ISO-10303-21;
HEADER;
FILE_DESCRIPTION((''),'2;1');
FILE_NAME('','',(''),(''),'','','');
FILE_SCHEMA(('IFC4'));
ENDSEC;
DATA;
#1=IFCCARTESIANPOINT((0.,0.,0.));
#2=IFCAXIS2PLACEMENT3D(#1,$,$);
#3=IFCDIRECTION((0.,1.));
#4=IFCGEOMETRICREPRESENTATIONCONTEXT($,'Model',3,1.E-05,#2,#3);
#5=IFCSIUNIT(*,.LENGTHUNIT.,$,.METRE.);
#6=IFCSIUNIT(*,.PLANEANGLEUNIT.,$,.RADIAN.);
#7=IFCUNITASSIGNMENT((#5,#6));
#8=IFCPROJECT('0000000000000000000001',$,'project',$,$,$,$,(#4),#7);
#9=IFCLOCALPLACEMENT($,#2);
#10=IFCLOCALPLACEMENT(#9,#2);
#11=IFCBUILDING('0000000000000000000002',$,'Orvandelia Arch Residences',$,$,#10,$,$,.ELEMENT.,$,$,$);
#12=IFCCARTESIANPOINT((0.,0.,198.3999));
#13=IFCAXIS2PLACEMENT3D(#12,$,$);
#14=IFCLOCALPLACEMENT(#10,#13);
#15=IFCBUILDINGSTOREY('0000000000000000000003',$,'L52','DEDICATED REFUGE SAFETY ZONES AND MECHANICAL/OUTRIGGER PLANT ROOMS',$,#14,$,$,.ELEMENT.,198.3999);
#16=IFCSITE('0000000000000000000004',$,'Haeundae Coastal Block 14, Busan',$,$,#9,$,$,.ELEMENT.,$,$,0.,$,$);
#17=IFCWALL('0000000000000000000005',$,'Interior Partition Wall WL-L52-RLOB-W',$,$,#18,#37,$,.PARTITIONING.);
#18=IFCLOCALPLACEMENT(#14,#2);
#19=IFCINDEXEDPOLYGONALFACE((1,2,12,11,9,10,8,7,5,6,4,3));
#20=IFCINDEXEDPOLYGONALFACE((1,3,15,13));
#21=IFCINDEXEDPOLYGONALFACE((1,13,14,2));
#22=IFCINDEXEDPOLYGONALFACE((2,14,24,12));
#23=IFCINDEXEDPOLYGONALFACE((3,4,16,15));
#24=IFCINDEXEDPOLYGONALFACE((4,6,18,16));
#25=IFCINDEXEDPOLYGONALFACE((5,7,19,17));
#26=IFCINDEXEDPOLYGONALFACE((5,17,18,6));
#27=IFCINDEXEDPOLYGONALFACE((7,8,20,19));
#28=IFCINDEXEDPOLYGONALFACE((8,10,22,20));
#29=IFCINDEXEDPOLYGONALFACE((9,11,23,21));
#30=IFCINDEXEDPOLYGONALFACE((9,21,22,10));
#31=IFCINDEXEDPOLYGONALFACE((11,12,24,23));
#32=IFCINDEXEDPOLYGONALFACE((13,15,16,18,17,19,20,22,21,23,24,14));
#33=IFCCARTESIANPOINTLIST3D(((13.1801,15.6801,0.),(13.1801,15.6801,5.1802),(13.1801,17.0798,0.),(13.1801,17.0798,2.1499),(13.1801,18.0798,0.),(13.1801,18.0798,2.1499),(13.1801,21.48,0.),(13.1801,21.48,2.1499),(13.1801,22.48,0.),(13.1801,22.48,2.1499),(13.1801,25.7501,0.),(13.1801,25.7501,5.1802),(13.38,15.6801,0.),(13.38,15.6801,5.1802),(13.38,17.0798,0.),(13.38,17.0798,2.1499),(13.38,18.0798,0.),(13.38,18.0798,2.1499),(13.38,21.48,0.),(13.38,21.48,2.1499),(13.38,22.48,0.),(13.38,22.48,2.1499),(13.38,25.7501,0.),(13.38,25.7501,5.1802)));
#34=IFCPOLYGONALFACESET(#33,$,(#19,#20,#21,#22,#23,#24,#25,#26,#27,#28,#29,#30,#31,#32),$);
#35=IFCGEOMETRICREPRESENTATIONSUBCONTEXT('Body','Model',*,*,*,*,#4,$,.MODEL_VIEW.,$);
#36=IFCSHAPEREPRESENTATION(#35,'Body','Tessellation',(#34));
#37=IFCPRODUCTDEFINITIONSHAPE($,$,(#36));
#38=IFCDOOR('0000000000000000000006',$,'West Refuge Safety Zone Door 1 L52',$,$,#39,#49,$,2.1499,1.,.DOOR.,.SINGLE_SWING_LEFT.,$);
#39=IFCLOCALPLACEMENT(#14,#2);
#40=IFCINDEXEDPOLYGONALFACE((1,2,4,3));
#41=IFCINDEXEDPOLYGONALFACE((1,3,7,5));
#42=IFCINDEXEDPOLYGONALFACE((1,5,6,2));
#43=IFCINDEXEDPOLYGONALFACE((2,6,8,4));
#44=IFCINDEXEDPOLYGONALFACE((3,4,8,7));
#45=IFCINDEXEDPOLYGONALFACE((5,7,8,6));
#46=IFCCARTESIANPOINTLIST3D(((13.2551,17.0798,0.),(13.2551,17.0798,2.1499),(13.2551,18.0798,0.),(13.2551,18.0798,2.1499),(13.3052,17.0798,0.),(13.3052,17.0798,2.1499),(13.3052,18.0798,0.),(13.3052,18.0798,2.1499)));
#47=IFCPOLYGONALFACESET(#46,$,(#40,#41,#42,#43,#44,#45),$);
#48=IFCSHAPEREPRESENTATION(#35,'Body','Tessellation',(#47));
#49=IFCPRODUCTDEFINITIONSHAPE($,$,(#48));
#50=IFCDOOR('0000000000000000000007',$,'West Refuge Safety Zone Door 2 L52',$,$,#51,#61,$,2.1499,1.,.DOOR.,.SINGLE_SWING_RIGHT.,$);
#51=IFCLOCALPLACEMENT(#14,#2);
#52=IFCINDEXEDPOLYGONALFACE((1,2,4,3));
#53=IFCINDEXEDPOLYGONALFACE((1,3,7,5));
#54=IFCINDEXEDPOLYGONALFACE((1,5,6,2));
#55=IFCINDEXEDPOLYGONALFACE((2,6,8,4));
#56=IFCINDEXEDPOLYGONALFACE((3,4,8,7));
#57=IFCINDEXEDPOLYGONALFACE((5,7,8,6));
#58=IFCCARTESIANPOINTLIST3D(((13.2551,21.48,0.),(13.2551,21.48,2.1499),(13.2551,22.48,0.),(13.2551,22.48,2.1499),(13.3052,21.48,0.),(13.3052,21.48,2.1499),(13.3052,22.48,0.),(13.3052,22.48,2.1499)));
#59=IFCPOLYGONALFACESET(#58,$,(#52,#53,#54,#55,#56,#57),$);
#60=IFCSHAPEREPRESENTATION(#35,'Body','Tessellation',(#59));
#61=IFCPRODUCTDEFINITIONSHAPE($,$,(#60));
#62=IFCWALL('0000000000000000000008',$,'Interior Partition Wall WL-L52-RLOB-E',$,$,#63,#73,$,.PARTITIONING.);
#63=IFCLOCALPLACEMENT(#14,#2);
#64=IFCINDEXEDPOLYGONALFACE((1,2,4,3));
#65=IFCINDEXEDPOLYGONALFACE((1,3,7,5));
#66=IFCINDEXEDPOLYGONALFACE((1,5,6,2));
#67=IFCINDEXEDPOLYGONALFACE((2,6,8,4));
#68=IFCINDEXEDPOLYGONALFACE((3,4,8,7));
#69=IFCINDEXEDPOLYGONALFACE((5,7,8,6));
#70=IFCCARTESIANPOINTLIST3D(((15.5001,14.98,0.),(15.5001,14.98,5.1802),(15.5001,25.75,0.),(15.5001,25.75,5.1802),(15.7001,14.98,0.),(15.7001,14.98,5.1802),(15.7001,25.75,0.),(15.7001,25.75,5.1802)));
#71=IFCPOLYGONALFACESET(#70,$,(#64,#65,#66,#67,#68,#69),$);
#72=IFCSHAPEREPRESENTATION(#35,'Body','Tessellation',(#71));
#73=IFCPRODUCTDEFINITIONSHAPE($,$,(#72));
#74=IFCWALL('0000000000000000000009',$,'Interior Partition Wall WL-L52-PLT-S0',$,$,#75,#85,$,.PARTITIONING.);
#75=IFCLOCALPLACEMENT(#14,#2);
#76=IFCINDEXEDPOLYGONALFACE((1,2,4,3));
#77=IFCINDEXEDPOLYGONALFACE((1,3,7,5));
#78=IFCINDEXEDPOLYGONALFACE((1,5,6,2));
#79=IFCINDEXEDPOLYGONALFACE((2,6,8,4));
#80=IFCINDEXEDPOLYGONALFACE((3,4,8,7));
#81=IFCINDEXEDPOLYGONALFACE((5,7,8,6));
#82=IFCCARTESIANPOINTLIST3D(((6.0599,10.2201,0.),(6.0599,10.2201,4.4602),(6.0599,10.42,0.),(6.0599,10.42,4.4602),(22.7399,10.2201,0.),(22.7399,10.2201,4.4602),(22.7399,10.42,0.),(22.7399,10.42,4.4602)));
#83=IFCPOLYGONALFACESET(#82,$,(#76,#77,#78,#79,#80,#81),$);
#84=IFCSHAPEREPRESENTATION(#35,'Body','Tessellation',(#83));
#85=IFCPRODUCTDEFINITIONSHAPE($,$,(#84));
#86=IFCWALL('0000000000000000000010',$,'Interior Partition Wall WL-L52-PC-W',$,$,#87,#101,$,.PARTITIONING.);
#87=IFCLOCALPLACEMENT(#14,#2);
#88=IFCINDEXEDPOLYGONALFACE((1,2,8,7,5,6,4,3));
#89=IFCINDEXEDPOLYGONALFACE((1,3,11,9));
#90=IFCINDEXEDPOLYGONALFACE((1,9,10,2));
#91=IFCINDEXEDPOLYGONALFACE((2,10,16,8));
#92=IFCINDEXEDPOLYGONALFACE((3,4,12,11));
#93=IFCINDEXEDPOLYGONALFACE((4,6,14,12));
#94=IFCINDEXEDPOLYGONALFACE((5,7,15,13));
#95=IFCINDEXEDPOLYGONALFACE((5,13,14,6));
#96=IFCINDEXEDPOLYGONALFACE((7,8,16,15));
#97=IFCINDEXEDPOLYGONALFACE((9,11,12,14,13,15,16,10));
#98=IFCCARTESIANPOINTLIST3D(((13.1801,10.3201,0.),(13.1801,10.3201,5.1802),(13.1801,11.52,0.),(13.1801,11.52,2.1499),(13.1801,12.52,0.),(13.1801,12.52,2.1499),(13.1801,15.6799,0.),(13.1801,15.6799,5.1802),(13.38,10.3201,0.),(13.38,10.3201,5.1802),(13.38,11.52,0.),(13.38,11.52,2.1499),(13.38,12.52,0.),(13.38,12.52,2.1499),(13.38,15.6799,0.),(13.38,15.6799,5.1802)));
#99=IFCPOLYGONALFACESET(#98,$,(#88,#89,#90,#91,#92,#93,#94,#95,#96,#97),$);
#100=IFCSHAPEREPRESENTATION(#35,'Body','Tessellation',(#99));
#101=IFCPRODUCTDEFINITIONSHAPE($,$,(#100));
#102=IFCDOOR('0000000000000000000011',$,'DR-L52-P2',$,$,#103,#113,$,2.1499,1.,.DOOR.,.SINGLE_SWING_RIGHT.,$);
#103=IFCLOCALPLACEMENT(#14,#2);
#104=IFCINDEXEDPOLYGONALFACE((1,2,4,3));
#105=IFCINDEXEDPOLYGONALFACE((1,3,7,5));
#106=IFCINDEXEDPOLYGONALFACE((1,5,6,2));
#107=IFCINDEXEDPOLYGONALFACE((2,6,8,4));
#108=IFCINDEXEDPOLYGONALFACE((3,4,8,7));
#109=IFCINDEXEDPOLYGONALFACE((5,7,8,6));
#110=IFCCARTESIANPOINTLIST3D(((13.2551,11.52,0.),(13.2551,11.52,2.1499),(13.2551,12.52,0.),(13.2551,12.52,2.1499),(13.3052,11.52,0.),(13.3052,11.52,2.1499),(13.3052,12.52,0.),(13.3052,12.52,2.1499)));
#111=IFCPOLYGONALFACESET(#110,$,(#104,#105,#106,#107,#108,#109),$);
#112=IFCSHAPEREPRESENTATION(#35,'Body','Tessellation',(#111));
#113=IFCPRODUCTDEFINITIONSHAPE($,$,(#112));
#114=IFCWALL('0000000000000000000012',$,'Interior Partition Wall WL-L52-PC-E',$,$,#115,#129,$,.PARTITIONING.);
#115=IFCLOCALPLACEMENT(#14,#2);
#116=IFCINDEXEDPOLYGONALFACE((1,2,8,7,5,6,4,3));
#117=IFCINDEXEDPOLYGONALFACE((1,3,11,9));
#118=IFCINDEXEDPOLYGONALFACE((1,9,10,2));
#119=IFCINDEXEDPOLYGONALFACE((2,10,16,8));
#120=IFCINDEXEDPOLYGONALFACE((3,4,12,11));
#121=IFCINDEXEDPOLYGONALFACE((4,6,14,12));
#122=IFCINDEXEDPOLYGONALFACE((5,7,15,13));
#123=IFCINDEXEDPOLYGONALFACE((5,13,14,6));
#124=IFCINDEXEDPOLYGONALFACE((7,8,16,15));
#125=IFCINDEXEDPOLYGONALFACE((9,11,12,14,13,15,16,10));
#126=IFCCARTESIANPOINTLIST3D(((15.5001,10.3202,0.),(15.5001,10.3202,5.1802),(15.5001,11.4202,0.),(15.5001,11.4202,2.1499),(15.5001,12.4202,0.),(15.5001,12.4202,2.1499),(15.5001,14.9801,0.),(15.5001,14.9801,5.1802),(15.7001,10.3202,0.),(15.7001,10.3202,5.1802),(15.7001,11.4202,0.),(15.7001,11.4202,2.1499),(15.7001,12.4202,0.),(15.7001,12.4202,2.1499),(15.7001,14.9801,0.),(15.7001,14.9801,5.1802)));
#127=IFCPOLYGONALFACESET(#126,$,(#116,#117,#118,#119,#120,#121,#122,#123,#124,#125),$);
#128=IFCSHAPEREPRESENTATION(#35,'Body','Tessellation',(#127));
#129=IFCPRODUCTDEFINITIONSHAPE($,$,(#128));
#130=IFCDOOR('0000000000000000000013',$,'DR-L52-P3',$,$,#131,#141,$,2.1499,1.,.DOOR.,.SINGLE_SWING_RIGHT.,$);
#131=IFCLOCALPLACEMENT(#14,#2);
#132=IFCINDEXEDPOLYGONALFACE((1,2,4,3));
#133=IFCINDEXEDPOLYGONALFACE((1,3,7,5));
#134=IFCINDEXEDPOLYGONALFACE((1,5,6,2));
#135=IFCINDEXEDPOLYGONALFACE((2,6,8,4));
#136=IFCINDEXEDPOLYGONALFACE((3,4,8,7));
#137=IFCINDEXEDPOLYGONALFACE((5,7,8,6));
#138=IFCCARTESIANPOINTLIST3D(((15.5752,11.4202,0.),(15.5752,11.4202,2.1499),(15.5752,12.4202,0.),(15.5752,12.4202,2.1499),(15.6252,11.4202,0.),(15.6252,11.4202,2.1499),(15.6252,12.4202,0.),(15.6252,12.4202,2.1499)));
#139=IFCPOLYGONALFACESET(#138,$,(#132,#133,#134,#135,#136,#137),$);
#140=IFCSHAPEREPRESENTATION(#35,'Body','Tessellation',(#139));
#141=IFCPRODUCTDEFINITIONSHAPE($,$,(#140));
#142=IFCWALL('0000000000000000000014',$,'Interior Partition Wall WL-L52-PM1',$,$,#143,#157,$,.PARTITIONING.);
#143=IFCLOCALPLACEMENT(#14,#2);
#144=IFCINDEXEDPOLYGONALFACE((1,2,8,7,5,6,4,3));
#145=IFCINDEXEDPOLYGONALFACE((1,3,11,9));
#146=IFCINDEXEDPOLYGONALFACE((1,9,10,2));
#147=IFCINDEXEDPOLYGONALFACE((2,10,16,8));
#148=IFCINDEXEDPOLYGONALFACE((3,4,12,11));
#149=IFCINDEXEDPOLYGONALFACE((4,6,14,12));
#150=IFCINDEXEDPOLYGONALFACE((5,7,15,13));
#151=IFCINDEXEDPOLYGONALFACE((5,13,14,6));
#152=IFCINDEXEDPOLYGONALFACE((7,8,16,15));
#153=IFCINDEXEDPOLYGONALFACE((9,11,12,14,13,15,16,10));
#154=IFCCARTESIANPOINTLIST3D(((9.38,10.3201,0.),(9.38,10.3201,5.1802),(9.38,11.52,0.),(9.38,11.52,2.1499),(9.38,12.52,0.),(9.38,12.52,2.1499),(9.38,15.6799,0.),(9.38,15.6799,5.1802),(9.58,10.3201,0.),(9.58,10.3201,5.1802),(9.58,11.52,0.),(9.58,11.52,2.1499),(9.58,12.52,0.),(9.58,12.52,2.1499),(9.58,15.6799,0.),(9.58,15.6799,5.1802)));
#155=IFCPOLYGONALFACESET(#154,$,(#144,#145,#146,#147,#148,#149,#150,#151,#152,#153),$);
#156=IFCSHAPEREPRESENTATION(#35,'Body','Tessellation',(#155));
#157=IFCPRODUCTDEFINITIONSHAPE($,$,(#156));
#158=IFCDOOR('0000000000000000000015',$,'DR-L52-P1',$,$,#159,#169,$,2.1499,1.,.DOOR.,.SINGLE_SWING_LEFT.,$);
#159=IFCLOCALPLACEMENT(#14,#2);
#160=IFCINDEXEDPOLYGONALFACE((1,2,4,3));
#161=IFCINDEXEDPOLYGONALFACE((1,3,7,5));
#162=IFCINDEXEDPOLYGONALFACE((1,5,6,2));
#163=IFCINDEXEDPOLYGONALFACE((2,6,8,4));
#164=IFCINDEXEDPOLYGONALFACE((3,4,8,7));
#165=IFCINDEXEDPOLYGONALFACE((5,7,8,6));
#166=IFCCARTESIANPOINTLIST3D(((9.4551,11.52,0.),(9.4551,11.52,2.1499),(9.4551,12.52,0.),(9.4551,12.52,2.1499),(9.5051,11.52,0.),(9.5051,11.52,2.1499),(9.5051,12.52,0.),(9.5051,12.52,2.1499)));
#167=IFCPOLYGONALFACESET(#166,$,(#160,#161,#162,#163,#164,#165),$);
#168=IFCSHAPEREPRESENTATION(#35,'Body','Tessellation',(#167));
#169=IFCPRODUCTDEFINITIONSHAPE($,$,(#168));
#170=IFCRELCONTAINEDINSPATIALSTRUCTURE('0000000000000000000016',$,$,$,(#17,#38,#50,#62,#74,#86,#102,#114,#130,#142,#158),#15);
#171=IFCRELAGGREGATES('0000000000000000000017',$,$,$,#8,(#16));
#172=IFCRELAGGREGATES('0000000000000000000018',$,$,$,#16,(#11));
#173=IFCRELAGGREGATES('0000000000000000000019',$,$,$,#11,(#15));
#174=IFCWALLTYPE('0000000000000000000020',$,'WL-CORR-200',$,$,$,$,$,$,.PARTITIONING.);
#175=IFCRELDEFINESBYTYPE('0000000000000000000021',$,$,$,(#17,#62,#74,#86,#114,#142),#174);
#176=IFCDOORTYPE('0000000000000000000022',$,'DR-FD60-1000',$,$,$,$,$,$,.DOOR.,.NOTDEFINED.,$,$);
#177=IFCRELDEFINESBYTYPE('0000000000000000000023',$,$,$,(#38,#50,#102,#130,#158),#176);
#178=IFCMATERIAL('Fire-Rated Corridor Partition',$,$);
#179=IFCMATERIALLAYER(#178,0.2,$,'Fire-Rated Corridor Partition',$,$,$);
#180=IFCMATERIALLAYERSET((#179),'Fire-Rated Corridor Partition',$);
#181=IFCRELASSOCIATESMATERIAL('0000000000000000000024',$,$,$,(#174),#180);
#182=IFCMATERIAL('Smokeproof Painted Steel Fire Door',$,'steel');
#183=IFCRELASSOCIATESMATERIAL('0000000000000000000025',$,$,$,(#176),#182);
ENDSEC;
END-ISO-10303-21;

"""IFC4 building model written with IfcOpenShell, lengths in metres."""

from ifc_helpers import new_model, si_unit, direction, frame, frame_2d, origin, place, context, subcontext, project, spatial, rectangle, extrude, material, layer, layer_set, type_object, element, fill, save


model = new_model("IFC4")

# Units and contexts
model_context = context("Model", 3, precision=1e-05, world=origin(), true_north=direction((0.0, 1.0)))
body_context = subcontext(model_context, "Body", "Model", "MODEL_VIEW")
ifc_project = project(units=[si_unit("LENGTHUNIT", "METRE"), si_unit("PLANEANGLEUNIT", "RADIAN")], contexts=[model_context])

# Site, building, storey
site_placement = place(None, origin())
site = spatial("IfcSite", under=ifc_project, at=site_placement, Name="Haeundae Coastal Block 14, Busan", CompositionType="ELEMENT", RefElevation=0.0)
building_placement = place(site_placement, origin())
building = spatial("IfcBuilding", under=site, at=building_placement, Name="Orvandelia Arch Residences", CompositionType="ELEMENT")
storey_placement = place(building_placement, frame((0.0, 0.0, 198.3999)))
storey = spatial("IfcBuildingStorey", under=building, at=storey_placement, Name="L52", Description="DEDICATED REFUGE SAFETY ZONES AND MECHANICAL/OUTRIGGER PLANT ROOMS", CompositionType="ELEMENT", Elevation=198.3999)

# Shared definitions
ifc_material_1 = material(Name="Fire-Rated Corridor Partition")
ifc_layer_1 = layer(ifc_material_1, 0.2, Name="Fire-Rated Corridor Partition")
ifc_layer_set_1 = layer_set([ifc_layer_1], Name="Fire-Rated Corridor Partition")
wall_type_1 = type_object("IfcWallType", Name="WL-CORR-200", PredefinedType="PARTITIONING", material=ifc_layer_set_1)
ifc_material_2 = material(Name="Smokeproof Painted Steel Fire Door", Category="steel")
door_type = type_object("IfcDoorType", Name="DR-FD60-1000", OperationType="NOTDEFINED", PredefinedType="DOOR", material=ifc_material_2)

# Wall, openings, doors
wall_1_placement = place(storey_placement, frame((13.28, 15.6799, 0.0), z_axis=(0.0, 0.0, 1.0), x_axis=(0.0, 1.0, 0.0)))
wall_1 = element("IfcWall", 1, at=wall_1_placement, inside=storey, type_object=wall_type_1, Name="Interior Partition Wall WL-L52-RLOB-W", PredefinedType="PARTITIONING", context=body_context, shape_type="SweptSolid", body=[
    extrude(rectangle(XDim=10.0701, YDim=0.2, at=frame_2d((5.0352, 0.0))), origin(), (0.0, 0.0, 1.0), 5.1802),
])
opening_1_placement = place(wall_1_placement, frame((1.3999, 0.0, 0.0)))
opening_1 = element("IfcOpeningElement", 2, at=opening_1_placement, cuts=wall_1, PredefinedType="OPENING", context=body_context, shape_type="SweptSolid", body=[
    extrude(rectangle(XDim=1.0, YDim=2.1499, at=frame_2d((0.5, 1.075))), frame((0.0, 0.1099, 0.0), z_axis=(0.0, -1.0, 0.0), x_axis=(1.0, 0.0, 0.0)), (0.0, 0.0, 1.0), 0.22),
])
opening_2_placement = place(wall_1_placement, frame((5.8, 0.0, 0.0)))
opening_2 = element("IfcOpeningElement", 3, at=opening_2_placement, cuts=wall_1, PredefinedType="OPENING", context=body_context, shape_type="SweptSolid", body=[
    extrude(rectangle(XDim=1.0, YDim=2.1499, at=frame_2d((0.5, 1.075))), frame((0.0, 0.1099, 0.0), z_axis=(0.0, -1.0, 0.0), x_axis=(1.0, 0.0, 0.0)), (0.0, 0.0, 1.0), 0.22),
])
door_1_placement = place(opening_1_placement, origin())
door_1 = element("IfcDoor", 4, at=door_1_placement, inside=storey, type_object=door_type, Name="West Refuge Safety Zone Door 1 L52", OperationType="SINGLE_SWING_LEFT", OverallHeight=2.1499, OverallWidth=1.0, PredefinedType="DOOR", context=body_context, shape_type="SweptSolid", body=[
    extrude(rectangle(XDim=1.0, YDim=2.1499, at=frame_2d((0.5, 1.075))), frame((0.0, 0.0249, 0.0), z_axis=(0.0, -1.0, 0.0), x_axis=(1.0, 0.0, 0.0)), (0.0, 0.0, 1.0), 0.05),
])
fill(opening_1, door_1)
door_2_placement = place(opening_2_placement, origin())
door_2 = element("IfcDoor", 5, at=door_2_placement, inside=storey, type_object=door_type, Name="West Refuge Safety Zone Door 2 L52", OperationType="SINGLE_SWING_RIGHT", OverallHeight=2.1499, OverallWidth=1.0, PredefinedType="DOOR", context=body_context, shape_type="SweptSolid", body=[
    extrude(rectangle(XDim=1.0, YDim=2.1499, at=frame_2d((0.5, 1.075))), frame((0.0, 0.0249, 0.0), z_axis=(0.0, -1.0, 0.0), x_axis=(1.0, 0.0, 0.0)), (0.0, 0.0, 1.0), 0.05),
])
fill(opening_2, door_2)

# Walls
wall_2_placement = place(storey_placement, frame((15.6001, 14.98, 0.0), z_axis=(0.0, 0.0, 1.0), x_axis=(0.0, 1.0, 0.0)))
element("IfcWall", 6, at=wall_2_placement, inside=storey, type_object=wall_type_1, Name="Interior Partition Wall WL-L52-RLOB-E", PredefinedType="PARTITIONING", context=body_context, shape_type="SweptSolid", body=[
    extrude(rectangle(XDim=10.77, YDim=0.2, at=frame_2d((5.385, 0.0))), origin(), (0.0, 0.0, 1.0), 5.1802),
])
wall_3_placement = place(storey_placement, frame((6.0601, 10.3201, 0.0), z_axis=(0.0, 0.0, 1.0), x_axis=(1.0, 0.0, 0.0)))
element("IfcWall", 7, at=wall_3_placement, inside=storey, type_object=wall_type_1, Name="Interior Partition Wall WL-L52-PLT-S0", PredefinedType="PARTITIONING", context=body_context, shape_type="SweptSolid", body=[
    extrude(rectangle(XDim=16.6799, YDim=0.2, at=frame_2d((8.3398, 0.0))), origin(), (0.0, 0.0, 1.0), 4.4602),
])

# Walls, openings, doors
wall_4_placement = place(storey_placement, frame((13.28, 10.3201, 0.0), z_axis=(0.0, 0.0, 1.0), x_axis=(0.0, 1.0, 0.0)))
wall_4 = element("IfcWall", 8, at=wall_4_placement, inside=storey, type_object=wall_type_1, Name="Interior Partition Wall WL-L52-PC-W", PredefinedType="PARTITIONING", context=body_context, shape_type="SweptSolid", body=[
    extrude(rectangle(XDim=5.3599, YDim=0.2, at=frame_2d((2.6799, 0.0))), origin(), (0.0, 0.0, 1.0), 5.1802),
])
opening_3_placement = place(wall_4_placement, frame((1.2, 0.0, 0.0)))
opening_3 = element("IfcOpeningElement", 9, at=opening_3_placement, cuts=wall_4, PredefinedType="OPENING", context=body_context, shape_type="SweptSolid", body=[
    extrude(rectangle(XDim=1.0, YDim=2.1499, at=frame_2d((0.5, 1.075))), frame((0.0, 0.1099, 0.0), z_axis=(0.0, -1.0, 0.0), x_axis=(1.0, 0.0, 0.0)), (0.0, 0.0, 1.0), 0.22),
])
door_3_placement = place(opening_3_placement, origin())
door_3 = element("IfcDoor", 10, at=door_3_placement, inside=storey, type_object=door_type, Name="DR-L52-P2", OperationType="SINGLE_SWING_RIGHT", OverallHeight=2.1499, OverallWidth=1.0, PredefinedType="DOOR", context=body_context, shape_type="SweptSolid", body=[
    extrude(rectangle(XDim=1.0, YDim=2.1499, at=frame_2d((0.5, 1.075))), frame((0.0, 0.0249, 0.0), z_axis=(0.0, -1.0, 0.0), x_axis=(1.0, 0.0, 0.0)), (0.0, 0.0, 1.0), 0.05),
])
fill(opening_3, door_3)
wall_5_placement = place(storey_placement, frame((15.6001, 10.3201, 0.0), z_axis=(0.0, 0.0, 1.0), x_axis=(0.0, 1.0, 0.0)))
wall_5 = element("IfcWall", 11, at=wall_5_placement, inside=storey, type_object=wall_type_1, Name="Interior Partition Wall WL-L52-PC-E", PredefinedType="PARTITIONING", context=body_context, shape_type="SweptSolid", body=[
    extrude(rectangle(XDim=4.6599, YDim=0.2, at=frame_2d((2.3301, 0.0))), origin(), (0.0, 0.0, 1.0), 5.1802),
])
opening_4_placement = place(wall_5_placement, frame((1.1001, 0.0, 0.0)))
opening_4 = element("IfcOpeningElement", 12, at=opening_4_placement, cuts=wall_5, PredefinedType="OPENING", context=body_context, shape_type="SweptSolid", body=[
    extrude(rectangle(XDim=1.0, YDim=2.1499, at=frame_2d((0.5, 1.075))), frame((0.0, 0.1099, 0.0), z_axis=(0.0, -1.0, 0.0), x_axis=(1.0, 0.0, 0.0)), (0.0, 0.0, 1.0), 0.22),
])
door_4_placement = place(opening_4_placement, origin())
door_4 = element("IfcDoor", 13, at=door_4_placement, inside=storey, type_object=door_type, Name="DR-L52-P3", OperationType="SINGLE_SWING_RIGHT", OverallHeight=2.1499, OverallWidth=1.0, PredefinedType="DOOR", context=body_context, shape_type="SweptSolid", body=[
    extrude(rectangle(XDim=1.0, YDim=2.1499, at=frame_2d((0.5, 1.075))), frame((0.0, 0.0249, 0.0), z_axis=(0.0, -1.0, 0.0), x_axis=(1.0, 0.0, 0.0)), (0.0, 0.0, 1.0), 0.05),
])
fill(opening_4, door_4)
wall_6_placement = place(storey_placement, frame((9.48, 10.3201, 0.0), z_axis=(0.0, 0.0, 1.0), x_axis=(0.0, 1.0, 0.0)))
wall_6 = element("IfcWall", 14, at=wall_6_placement, inside=storey, type_object=wall_type_1, Name="Interior Partition Wall WL-L52-PM1", PredefinedType="PARTITIONING", context=body_context, shape_type="SweptSolid", body=[
    extrude(rectangle(XDim=5.3599, YDim=0.2, at=frame_2d((2.6799, 0.0))), origin(), (0.0, 0.0, 1.0), 5.1802),
])
opening_5_placement = place(wall_6_placement, frame((1.2, 0.0, 0.0)))
opening_5 = element("IfcOpeningElement", 15, at=opening_5_placement, cuts=wall_6, PredefinedType="OPENING", context=body_context, shape_type="SweptSolid", body=[
    extrude(rectangle(XDim=1.0, YDim=2.1499, at=frame_2d((0.5, 1.075))), frame((0.0, 0.1099, 0.0), z_axis=(0.0, -1.0, 0.0), x_axis=(1.0, 0.0, 0.0)), (0.0, 0.0, 1.0), 0.22),
])
door_5_placement = place(opening_5_placement, origin())
door_5 = element("IfcDoor", 16, at=door_5_placement, inside=storey, type_object=door_type, Name="DR-L52-P1", OperationType="SINGLE_SWING_LEFT", OverallHeight=2.1499, OverallWidth=1.0, PredefinedType="DOOR", context=body_context, shape_type="SweptSolid", body=[
    extrude(rectangle(XDim=1.0, YDim=2.1499, at=frame_2d((0.5, 1.075))), frame((0.0, 0.0249, 0.0), z_axis=(0.0, -1.0, 0.0), x_axis=(1.0, 0.0, 0.0)), (0.0, 0.0, 1.0), 0.05),
])
fill(opening_5, door_5)

save(model, "model.ifc")
